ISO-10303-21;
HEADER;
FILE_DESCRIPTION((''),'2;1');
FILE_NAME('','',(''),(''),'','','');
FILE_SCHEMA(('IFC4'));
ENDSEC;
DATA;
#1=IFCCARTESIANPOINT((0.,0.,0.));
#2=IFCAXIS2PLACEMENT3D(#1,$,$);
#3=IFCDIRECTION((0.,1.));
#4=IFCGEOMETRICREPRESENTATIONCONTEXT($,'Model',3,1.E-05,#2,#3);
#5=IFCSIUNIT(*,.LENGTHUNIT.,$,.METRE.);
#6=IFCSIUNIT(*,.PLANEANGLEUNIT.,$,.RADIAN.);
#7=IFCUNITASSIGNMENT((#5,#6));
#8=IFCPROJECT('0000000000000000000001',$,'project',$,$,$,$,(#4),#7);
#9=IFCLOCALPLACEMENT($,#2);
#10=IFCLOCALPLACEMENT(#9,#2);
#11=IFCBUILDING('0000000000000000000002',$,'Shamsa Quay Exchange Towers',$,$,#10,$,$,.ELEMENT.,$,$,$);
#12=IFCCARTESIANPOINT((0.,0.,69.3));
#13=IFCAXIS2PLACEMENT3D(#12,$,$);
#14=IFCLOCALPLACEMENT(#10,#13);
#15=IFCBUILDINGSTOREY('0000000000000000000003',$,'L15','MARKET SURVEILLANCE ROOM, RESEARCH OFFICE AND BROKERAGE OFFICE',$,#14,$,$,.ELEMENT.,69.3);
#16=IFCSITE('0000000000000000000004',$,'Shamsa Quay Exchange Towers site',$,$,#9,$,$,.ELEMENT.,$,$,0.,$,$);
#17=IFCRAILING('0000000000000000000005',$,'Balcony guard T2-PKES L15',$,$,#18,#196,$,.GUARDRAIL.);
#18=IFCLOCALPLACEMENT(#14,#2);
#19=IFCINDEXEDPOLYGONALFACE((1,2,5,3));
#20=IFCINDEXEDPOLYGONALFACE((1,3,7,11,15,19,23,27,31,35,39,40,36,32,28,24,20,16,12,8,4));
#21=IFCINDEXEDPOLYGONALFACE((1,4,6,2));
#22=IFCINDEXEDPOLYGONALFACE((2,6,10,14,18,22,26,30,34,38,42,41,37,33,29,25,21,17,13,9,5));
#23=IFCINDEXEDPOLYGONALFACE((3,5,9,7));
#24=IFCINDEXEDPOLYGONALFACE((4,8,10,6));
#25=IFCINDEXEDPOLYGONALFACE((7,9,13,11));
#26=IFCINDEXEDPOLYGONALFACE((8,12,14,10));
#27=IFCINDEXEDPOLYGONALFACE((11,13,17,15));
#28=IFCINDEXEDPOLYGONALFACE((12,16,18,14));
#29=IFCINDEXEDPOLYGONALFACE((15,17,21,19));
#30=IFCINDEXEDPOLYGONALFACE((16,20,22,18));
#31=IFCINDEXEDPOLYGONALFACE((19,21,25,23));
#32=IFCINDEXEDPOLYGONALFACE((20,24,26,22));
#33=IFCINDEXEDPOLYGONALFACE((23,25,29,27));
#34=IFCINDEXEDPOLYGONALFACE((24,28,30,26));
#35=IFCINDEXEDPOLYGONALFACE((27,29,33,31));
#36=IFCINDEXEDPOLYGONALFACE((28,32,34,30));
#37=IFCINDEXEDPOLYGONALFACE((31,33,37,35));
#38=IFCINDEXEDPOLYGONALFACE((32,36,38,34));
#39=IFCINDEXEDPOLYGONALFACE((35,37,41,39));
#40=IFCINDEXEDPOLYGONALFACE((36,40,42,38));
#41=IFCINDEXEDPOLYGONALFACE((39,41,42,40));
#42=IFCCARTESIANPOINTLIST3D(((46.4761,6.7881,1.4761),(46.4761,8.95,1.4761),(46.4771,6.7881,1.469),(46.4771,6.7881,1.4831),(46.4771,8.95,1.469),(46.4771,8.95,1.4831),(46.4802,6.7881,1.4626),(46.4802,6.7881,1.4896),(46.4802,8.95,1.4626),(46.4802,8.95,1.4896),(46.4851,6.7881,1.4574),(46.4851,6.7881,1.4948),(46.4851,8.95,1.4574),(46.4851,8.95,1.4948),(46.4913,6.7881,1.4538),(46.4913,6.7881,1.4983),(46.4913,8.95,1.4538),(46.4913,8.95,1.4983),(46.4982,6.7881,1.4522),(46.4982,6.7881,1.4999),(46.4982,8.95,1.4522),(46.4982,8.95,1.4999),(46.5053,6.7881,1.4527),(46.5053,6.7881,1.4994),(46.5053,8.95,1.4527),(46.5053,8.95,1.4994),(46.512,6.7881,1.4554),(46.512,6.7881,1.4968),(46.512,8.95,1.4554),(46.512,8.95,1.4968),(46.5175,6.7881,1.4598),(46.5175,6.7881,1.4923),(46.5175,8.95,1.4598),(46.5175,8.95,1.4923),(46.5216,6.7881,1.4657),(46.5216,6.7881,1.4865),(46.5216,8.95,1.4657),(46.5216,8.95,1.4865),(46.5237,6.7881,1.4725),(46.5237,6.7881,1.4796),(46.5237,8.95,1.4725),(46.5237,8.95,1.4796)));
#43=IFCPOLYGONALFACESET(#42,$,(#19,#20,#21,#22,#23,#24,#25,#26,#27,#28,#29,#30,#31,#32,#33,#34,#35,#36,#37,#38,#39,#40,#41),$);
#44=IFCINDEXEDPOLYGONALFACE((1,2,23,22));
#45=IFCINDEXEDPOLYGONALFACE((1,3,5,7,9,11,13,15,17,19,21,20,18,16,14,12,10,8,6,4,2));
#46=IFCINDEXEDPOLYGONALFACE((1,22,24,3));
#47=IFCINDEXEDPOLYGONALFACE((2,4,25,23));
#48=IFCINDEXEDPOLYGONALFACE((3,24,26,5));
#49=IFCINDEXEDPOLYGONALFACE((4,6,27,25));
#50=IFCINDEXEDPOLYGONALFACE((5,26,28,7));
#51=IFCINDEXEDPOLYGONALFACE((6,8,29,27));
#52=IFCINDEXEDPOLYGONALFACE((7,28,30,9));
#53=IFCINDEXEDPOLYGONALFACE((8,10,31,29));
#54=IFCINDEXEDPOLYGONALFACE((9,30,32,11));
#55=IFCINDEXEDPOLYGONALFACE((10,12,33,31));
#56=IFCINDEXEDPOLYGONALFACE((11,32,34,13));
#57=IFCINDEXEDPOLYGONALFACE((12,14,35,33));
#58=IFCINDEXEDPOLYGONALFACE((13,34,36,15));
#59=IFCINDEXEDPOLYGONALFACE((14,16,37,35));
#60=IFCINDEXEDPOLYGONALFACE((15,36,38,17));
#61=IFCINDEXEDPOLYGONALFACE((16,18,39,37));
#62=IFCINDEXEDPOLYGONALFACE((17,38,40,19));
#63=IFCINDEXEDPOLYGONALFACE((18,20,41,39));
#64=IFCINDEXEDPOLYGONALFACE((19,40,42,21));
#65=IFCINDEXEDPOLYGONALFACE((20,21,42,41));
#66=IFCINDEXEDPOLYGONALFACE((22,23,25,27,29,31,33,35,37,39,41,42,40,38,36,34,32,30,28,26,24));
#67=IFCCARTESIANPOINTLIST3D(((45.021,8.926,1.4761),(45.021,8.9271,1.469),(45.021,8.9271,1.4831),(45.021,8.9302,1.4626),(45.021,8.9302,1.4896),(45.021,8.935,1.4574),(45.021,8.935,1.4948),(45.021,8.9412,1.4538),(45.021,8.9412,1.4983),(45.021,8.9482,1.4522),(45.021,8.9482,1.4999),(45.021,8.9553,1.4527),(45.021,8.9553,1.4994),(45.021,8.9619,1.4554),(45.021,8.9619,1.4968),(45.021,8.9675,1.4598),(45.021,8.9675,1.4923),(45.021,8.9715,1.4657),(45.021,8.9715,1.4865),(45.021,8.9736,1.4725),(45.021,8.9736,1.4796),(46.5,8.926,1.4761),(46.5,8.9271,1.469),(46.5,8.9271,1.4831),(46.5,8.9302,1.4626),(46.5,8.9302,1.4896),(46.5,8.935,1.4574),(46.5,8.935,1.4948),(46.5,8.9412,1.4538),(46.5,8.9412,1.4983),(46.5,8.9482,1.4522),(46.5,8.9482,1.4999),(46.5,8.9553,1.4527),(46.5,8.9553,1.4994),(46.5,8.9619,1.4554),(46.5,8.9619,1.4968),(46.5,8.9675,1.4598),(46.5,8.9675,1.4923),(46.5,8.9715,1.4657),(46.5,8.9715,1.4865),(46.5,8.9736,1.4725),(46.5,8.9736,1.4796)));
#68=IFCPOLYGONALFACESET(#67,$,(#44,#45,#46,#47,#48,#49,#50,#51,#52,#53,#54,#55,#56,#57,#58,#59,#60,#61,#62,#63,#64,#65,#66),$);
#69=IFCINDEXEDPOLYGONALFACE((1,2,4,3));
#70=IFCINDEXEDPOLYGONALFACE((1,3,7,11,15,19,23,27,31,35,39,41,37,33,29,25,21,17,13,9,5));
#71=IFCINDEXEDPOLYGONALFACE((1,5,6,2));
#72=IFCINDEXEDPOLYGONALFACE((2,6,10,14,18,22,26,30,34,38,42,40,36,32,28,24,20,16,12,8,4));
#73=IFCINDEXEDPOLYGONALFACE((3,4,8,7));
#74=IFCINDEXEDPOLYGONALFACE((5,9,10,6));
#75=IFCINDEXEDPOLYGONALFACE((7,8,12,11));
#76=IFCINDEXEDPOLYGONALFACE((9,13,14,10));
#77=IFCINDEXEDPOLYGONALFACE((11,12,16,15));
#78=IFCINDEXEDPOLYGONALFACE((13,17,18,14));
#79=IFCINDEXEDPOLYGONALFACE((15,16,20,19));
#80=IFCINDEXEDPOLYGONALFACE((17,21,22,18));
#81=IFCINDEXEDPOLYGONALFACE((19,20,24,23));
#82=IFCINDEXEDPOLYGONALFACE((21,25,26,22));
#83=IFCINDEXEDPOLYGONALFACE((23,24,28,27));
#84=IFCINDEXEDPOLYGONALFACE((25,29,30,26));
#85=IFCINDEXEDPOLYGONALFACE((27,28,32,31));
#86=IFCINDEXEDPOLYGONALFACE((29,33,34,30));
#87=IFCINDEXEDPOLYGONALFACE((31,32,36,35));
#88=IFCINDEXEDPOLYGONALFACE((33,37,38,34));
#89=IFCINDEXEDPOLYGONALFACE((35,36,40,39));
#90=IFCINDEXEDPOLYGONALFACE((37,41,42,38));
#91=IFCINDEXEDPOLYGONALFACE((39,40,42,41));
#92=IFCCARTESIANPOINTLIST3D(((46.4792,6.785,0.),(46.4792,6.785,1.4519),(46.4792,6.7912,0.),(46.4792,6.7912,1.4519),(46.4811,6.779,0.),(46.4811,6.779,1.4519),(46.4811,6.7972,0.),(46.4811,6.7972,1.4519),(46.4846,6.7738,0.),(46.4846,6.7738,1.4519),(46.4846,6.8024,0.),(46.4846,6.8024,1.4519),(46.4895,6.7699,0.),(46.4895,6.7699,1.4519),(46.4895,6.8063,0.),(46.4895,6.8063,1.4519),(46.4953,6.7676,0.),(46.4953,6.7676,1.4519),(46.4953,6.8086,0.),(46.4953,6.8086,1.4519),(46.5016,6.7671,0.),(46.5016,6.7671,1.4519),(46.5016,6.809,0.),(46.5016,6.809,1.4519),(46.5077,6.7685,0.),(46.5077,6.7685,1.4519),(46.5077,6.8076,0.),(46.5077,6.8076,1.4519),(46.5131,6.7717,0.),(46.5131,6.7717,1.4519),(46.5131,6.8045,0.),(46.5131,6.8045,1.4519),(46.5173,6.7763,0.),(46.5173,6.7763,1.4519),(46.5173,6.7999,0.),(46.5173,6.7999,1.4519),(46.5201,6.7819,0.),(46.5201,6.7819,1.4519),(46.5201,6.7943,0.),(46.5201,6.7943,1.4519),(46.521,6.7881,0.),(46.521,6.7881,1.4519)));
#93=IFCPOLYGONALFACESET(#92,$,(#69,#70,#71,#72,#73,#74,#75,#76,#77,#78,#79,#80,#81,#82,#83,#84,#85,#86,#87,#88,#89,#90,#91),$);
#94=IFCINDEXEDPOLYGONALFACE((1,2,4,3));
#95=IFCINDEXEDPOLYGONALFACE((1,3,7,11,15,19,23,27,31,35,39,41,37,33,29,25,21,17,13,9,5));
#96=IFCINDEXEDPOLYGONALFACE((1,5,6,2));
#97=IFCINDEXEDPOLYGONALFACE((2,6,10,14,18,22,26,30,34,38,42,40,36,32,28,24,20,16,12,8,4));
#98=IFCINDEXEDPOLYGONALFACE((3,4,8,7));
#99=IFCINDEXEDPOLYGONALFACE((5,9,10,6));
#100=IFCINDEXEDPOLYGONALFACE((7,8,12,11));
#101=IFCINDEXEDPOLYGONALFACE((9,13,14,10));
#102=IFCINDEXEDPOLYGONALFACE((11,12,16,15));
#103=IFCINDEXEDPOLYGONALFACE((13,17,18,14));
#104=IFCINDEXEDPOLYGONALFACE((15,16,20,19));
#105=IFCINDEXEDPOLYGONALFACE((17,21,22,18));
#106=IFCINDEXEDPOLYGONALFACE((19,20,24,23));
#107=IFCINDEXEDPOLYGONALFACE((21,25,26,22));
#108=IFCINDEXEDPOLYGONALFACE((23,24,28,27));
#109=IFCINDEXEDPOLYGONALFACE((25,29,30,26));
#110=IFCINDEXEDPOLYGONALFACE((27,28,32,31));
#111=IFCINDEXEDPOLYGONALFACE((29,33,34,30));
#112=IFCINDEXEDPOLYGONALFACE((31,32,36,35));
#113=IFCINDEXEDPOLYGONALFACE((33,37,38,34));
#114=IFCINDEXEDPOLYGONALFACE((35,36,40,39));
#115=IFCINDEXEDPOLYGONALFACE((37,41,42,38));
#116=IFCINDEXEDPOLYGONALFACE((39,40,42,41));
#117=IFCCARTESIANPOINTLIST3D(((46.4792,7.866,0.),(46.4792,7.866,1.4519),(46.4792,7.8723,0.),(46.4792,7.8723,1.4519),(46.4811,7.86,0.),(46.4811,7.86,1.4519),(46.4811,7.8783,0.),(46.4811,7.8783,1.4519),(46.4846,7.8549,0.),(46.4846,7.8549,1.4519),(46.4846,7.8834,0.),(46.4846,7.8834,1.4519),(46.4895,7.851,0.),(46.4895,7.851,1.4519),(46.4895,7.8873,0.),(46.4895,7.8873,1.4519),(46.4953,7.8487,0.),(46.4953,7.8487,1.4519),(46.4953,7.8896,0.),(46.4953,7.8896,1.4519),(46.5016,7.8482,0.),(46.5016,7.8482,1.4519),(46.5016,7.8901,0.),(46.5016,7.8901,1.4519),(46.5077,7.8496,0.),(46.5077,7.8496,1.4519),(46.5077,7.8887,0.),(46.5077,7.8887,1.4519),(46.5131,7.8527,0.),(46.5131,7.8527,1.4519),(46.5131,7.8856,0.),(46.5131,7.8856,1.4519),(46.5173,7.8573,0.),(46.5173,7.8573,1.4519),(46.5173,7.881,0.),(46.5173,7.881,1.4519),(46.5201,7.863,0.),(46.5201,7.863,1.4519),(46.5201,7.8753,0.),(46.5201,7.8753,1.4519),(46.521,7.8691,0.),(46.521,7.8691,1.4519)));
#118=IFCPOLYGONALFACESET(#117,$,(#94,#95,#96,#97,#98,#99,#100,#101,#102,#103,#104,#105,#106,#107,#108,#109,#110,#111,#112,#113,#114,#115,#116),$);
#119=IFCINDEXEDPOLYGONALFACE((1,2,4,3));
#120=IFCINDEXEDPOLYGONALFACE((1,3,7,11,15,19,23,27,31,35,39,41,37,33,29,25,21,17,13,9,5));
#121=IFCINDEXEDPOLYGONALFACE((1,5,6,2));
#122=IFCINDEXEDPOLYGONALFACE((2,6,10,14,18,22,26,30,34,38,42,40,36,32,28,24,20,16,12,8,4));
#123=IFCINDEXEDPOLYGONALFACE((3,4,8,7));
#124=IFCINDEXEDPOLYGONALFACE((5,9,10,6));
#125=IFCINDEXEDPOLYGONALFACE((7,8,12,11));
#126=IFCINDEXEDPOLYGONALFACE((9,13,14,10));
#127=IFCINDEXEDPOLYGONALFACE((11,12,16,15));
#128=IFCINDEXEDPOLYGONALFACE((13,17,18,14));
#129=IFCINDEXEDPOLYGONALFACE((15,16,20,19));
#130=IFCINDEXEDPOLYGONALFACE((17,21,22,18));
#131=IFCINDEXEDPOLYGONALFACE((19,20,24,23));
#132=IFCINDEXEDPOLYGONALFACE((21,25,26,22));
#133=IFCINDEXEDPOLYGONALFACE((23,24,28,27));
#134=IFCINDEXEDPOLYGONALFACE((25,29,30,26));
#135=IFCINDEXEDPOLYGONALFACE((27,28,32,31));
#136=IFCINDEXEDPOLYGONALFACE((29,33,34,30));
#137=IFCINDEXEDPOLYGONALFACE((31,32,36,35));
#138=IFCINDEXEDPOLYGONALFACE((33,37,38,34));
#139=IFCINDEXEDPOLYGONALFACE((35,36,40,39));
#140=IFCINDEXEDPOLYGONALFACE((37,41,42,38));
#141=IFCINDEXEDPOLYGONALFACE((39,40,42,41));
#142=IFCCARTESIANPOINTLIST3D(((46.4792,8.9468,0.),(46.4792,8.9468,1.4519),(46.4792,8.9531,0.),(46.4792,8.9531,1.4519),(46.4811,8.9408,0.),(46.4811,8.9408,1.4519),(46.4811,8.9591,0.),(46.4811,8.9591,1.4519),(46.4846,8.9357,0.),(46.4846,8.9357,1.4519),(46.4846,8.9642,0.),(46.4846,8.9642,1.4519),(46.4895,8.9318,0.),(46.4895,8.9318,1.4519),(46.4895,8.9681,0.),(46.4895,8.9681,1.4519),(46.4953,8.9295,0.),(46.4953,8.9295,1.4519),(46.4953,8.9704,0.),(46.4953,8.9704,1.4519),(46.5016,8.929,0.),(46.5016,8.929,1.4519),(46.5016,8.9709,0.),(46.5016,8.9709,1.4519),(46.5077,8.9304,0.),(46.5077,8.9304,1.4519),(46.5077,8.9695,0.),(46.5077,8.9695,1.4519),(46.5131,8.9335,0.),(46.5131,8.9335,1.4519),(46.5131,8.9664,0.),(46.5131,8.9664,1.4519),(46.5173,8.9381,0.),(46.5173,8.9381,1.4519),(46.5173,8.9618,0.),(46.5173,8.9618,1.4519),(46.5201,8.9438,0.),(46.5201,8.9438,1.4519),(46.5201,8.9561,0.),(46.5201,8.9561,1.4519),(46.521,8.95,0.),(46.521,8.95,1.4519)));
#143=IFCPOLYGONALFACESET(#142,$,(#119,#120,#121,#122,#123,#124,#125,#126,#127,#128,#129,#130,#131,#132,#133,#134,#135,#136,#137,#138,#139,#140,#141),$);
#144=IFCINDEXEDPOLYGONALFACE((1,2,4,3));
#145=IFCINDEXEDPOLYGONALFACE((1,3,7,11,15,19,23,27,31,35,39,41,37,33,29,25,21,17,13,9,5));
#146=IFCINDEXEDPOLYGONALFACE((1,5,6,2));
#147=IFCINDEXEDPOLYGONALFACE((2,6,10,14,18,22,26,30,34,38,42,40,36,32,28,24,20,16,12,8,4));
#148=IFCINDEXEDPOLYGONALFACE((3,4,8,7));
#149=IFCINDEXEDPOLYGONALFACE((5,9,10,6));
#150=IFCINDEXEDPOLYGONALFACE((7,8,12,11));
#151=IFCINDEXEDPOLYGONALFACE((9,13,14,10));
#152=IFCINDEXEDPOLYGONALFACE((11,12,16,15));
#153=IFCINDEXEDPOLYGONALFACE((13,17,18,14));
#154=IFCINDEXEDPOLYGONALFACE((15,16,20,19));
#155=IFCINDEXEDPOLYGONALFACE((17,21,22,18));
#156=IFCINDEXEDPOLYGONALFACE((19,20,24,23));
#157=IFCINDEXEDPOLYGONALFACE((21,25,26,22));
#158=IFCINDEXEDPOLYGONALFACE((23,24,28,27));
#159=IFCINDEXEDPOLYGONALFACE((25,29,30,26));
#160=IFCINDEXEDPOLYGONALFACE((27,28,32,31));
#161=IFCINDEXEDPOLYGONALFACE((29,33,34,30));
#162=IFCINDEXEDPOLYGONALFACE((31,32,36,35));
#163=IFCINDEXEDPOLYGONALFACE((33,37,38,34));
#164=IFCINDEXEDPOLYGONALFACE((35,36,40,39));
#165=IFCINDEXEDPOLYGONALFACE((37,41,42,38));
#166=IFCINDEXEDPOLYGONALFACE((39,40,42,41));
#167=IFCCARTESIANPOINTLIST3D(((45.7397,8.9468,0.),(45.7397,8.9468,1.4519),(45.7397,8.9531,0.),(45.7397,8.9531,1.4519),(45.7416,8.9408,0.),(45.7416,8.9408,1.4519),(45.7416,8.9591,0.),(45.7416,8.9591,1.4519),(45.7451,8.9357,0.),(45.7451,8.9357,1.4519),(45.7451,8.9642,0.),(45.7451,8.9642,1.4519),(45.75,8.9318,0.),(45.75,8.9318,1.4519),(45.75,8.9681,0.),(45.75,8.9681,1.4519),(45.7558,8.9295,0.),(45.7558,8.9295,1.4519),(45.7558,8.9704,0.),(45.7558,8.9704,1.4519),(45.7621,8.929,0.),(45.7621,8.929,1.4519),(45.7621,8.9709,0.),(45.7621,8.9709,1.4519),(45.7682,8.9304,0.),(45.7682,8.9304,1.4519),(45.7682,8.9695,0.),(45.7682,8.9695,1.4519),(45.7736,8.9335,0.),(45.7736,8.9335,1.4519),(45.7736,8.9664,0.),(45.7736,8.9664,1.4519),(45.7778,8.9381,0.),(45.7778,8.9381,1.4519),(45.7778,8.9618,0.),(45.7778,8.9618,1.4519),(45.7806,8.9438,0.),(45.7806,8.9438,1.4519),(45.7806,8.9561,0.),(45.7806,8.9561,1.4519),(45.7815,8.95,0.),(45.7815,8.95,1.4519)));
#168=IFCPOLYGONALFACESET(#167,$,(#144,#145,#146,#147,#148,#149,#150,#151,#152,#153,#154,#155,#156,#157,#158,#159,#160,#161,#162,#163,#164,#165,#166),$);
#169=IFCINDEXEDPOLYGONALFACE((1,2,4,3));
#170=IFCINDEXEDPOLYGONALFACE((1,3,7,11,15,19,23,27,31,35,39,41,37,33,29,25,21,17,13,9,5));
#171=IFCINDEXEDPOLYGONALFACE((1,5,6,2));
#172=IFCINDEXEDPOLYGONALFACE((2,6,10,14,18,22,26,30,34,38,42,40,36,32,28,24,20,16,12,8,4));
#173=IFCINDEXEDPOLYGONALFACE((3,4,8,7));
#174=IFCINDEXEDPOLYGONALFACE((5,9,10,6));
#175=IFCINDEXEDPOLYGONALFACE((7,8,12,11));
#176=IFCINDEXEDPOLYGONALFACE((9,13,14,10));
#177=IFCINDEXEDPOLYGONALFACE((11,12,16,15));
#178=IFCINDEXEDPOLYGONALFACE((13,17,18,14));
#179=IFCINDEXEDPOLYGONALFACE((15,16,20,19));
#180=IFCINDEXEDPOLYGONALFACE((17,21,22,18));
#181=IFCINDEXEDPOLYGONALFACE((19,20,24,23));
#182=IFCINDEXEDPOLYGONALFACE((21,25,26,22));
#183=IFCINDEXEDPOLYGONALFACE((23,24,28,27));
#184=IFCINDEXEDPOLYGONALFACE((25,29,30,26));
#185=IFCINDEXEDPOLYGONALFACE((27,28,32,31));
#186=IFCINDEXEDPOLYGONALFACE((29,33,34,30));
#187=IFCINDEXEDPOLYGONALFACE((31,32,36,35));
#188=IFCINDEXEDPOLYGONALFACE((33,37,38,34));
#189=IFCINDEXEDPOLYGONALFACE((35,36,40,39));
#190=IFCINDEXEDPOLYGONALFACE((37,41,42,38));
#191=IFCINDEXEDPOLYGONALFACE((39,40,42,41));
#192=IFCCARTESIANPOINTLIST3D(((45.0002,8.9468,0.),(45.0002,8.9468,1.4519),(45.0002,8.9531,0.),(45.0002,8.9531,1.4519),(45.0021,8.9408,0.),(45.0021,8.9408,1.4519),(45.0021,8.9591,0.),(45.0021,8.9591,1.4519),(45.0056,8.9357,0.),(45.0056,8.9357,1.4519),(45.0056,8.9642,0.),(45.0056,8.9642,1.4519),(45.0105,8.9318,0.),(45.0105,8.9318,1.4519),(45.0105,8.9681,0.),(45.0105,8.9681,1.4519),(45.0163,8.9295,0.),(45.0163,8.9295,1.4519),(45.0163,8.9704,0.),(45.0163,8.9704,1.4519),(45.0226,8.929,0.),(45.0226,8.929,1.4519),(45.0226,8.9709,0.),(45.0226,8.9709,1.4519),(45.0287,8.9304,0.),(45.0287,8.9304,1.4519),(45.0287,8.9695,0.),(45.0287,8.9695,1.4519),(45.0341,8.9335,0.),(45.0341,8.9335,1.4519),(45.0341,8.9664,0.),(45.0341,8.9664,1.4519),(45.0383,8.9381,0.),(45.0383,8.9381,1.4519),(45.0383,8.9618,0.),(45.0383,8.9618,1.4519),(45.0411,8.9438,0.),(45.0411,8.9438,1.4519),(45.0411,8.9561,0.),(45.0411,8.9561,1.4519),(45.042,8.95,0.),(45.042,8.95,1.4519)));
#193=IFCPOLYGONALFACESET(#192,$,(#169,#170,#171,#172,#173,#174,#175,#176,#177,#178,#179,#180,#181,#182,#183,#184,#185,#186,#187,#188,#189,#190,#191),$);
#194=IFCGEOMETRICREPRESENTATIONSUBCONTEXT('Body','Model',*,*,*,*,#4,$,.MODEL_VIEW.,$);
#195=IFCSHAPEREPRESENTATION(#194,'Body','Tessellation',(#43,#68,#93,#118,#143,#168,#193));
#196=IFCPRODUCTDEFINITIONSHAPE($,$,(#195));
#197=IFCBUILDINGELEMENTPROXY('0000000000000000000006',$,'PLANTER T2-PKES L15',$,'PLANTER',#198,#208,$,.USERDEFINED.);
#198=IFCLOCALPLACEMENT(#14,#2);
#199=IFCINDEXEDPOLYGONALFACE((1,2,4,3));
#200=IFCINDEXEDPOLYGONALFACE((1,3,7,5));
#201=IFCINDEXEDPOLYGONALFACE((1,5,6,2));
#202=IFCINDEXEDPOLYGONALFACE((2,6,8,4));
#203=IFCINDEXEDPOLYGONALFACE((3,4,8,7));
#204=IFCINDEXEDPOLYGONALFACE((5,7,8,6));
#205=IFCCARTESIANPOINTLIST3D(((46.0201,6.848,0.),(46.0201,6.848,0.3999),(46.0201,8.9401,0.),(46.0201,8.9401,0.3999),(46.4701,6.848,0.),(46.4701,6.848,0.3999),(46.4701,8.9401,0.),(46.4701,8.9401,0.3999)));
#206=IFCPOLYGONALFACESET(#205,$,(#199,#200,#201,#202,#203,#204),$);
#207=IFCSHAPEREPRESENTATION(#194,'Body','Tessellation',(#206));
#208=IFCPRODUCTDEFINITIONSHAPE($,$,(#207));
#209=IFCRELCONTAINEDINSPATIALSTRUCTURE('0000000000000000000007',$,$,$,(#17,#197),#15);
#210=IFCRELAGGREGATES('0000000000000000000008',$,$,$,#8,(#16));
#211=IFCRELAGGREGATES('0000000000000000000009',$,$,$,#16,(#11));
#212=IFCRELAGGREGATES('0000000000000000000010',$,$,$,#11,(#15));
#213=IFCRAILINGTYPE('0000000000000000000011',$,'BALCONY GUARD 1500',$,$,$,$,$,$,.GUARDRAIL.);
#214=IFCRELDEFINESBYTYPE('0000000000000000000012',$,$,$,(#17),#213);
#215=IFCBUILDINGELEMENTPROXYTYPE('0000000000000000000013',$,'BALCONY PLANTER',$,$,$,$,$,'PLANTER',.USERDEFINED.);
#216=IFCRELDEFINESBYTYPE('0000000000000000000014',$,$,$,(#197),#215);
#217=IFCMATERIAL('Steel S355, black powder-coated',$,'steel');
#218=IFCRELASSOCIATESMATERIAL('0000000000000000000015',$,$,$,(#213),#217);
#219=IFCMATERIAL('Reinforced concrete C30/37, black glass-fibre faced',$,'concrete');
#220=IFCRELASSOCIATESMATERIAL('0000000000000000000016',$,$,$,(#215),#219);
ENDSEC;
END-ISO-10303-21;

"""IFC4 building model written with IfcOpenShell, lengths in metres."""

from ifc_helpers import new_model, si_unit, direction, frame, origin, origin_2d, place, context, subcontext, project, spatial, rectangle, circle, extrude, material, type_object, element, save


model = new_model("IFC4")

# Units and contexts
model_context = context("Model", 3, precision=1e-05, world=origin(), true_north=direction((0.0, 1.0)))
body_context = subcontext(model_context, "Body", "Model", "MODEL_VIEW")
ifc_project = project(units=[si_unit("LENGTHUNIT", "METRE"), si_unit("PLANEANGLEUNIT", "RADIAN")], contexts=[model_context])

# Site, building, storey
site_placement = place(None, origin())
site = spatial("IfcSite", under=ifc_project, at=site_placement, Name="Shamsa Quay Exchange Towers site", CompositionType="ELEMENT", RefElevation=0.0)
building_placement = place(site_placement, origin())
building = spatial("IfcBuilding", under=site, at=building_placement, Name="Shamsa Quay Exchange Towers", CompositionType="ELEMENT")
storey_placement = place(building_placement, frame((0.0, 0.0, 69.3)))
storey = spatial("IfcBuildingStorey", under=building, at=storey_placement, Name="L15", Description="MARKET SURVEILLANCE ROOM, RESEARCH OFFICE AND BROKERAGE OFFICE", CompositionType="ELEMENT", Elevation=69.3)

# Railing
ifc_material_1 = material(Name="Steel S355, black powder-coated", Category="steel")
railing_type_1 = type_object("IfcRailingType", Name="BALCONY GUARD 1500", PredefinedType="GUARDRAIL", material=ifc_material_1)
railing_1_placement = place(storey_placement, frame((46.5, 6.7881, 0.0)))
element("IfcRailing", 1, at=railing_1_placement, inside=storey, type_object=railing_type_1, Name="Balcony guard T2-PKES L15", PredefinedType="GUARDRAIL", context=body_context, shape_type="SweptSolid", body=[
    extrude(circle(Radius=0.0239, at=origin_2d()), frame((0.0, 0.0, 1.4761), z_axis=(0.0, 1.0, 0.0), x_axis=(-1.0, 0.0, 0.0)), (0.0, 0.0, 1.0), 2.1619),
    extrude(circle(Radius=0.0239, at=origin_2d()), frame((0.0, 2.1619, 1.4761), z_axis=(-1.0, 0.0, 0.0), x_axis=(0.0, -1.0, 0.0)), (0.0, 0.0, 1.0), 1.479),
    extrude(circle(Radius=0.021, at=origin_2d()), origin(), (0.0, 0.0, 1.0), 1.4519),
    extrude(circle(Radius=0.021, at=origin_2d()), frame((0.0, 1.0811, 0.0)), (0.0, 0.0, 1.0), 1.4519),
    extrude(circle(Radius=0.021, at=origin_2d()), frame((0.0, 2.1619, 0.0)), (0.0, 0.0, 1.0), 1.4519),
    extrude(circle(Radius=0.021, at=origin_2d()), frame((-0.7395, 2.1619, 0.0)), (0.0, 0.0, 1.0), 1.4519),
    extrude(circle(Radius=0.021, at=origin_2d()), frame((-1.479, 2.1619, 0.0)), (0.0, 0.0, 1.0), 1.4519),
])

# Building element proxy
ifc_material_2 = material(Name="Reinforced concrete C30/37, black glass-fibre faced", Category="concrete")
building_element_proxy_type = type_object("IfcBuildingElementProxyType", Name="BALCONY PLANTER", ElementType="PLANTER", PredefinedType="USERDEFINED", material=ifc_material_2)
proxy_placement = place(storey_placement, frame((46.2451, 7.894, 0.0), z_axis=(0.0, 0.0, 1.0), x_axis=(0.0, 1.0, 0.0)))
element("IfcBuildingElementProxy", 2, at=proxy_placement, inside=storey, type_object=building_element_proxy_type, Name="PLANTER T2-PKES L15", ObjectType="PLANTER", PredefinedType="USERDEFINED", context=body_context, shape_type="SweptSolid", body=[
    extrude(rectangle(XDim=2.092, YDim=0.45, at=origin_2d()), origin(), (0.0, 0.0, 1.0), 0.3999),
])

save(model, "model.ifc")
